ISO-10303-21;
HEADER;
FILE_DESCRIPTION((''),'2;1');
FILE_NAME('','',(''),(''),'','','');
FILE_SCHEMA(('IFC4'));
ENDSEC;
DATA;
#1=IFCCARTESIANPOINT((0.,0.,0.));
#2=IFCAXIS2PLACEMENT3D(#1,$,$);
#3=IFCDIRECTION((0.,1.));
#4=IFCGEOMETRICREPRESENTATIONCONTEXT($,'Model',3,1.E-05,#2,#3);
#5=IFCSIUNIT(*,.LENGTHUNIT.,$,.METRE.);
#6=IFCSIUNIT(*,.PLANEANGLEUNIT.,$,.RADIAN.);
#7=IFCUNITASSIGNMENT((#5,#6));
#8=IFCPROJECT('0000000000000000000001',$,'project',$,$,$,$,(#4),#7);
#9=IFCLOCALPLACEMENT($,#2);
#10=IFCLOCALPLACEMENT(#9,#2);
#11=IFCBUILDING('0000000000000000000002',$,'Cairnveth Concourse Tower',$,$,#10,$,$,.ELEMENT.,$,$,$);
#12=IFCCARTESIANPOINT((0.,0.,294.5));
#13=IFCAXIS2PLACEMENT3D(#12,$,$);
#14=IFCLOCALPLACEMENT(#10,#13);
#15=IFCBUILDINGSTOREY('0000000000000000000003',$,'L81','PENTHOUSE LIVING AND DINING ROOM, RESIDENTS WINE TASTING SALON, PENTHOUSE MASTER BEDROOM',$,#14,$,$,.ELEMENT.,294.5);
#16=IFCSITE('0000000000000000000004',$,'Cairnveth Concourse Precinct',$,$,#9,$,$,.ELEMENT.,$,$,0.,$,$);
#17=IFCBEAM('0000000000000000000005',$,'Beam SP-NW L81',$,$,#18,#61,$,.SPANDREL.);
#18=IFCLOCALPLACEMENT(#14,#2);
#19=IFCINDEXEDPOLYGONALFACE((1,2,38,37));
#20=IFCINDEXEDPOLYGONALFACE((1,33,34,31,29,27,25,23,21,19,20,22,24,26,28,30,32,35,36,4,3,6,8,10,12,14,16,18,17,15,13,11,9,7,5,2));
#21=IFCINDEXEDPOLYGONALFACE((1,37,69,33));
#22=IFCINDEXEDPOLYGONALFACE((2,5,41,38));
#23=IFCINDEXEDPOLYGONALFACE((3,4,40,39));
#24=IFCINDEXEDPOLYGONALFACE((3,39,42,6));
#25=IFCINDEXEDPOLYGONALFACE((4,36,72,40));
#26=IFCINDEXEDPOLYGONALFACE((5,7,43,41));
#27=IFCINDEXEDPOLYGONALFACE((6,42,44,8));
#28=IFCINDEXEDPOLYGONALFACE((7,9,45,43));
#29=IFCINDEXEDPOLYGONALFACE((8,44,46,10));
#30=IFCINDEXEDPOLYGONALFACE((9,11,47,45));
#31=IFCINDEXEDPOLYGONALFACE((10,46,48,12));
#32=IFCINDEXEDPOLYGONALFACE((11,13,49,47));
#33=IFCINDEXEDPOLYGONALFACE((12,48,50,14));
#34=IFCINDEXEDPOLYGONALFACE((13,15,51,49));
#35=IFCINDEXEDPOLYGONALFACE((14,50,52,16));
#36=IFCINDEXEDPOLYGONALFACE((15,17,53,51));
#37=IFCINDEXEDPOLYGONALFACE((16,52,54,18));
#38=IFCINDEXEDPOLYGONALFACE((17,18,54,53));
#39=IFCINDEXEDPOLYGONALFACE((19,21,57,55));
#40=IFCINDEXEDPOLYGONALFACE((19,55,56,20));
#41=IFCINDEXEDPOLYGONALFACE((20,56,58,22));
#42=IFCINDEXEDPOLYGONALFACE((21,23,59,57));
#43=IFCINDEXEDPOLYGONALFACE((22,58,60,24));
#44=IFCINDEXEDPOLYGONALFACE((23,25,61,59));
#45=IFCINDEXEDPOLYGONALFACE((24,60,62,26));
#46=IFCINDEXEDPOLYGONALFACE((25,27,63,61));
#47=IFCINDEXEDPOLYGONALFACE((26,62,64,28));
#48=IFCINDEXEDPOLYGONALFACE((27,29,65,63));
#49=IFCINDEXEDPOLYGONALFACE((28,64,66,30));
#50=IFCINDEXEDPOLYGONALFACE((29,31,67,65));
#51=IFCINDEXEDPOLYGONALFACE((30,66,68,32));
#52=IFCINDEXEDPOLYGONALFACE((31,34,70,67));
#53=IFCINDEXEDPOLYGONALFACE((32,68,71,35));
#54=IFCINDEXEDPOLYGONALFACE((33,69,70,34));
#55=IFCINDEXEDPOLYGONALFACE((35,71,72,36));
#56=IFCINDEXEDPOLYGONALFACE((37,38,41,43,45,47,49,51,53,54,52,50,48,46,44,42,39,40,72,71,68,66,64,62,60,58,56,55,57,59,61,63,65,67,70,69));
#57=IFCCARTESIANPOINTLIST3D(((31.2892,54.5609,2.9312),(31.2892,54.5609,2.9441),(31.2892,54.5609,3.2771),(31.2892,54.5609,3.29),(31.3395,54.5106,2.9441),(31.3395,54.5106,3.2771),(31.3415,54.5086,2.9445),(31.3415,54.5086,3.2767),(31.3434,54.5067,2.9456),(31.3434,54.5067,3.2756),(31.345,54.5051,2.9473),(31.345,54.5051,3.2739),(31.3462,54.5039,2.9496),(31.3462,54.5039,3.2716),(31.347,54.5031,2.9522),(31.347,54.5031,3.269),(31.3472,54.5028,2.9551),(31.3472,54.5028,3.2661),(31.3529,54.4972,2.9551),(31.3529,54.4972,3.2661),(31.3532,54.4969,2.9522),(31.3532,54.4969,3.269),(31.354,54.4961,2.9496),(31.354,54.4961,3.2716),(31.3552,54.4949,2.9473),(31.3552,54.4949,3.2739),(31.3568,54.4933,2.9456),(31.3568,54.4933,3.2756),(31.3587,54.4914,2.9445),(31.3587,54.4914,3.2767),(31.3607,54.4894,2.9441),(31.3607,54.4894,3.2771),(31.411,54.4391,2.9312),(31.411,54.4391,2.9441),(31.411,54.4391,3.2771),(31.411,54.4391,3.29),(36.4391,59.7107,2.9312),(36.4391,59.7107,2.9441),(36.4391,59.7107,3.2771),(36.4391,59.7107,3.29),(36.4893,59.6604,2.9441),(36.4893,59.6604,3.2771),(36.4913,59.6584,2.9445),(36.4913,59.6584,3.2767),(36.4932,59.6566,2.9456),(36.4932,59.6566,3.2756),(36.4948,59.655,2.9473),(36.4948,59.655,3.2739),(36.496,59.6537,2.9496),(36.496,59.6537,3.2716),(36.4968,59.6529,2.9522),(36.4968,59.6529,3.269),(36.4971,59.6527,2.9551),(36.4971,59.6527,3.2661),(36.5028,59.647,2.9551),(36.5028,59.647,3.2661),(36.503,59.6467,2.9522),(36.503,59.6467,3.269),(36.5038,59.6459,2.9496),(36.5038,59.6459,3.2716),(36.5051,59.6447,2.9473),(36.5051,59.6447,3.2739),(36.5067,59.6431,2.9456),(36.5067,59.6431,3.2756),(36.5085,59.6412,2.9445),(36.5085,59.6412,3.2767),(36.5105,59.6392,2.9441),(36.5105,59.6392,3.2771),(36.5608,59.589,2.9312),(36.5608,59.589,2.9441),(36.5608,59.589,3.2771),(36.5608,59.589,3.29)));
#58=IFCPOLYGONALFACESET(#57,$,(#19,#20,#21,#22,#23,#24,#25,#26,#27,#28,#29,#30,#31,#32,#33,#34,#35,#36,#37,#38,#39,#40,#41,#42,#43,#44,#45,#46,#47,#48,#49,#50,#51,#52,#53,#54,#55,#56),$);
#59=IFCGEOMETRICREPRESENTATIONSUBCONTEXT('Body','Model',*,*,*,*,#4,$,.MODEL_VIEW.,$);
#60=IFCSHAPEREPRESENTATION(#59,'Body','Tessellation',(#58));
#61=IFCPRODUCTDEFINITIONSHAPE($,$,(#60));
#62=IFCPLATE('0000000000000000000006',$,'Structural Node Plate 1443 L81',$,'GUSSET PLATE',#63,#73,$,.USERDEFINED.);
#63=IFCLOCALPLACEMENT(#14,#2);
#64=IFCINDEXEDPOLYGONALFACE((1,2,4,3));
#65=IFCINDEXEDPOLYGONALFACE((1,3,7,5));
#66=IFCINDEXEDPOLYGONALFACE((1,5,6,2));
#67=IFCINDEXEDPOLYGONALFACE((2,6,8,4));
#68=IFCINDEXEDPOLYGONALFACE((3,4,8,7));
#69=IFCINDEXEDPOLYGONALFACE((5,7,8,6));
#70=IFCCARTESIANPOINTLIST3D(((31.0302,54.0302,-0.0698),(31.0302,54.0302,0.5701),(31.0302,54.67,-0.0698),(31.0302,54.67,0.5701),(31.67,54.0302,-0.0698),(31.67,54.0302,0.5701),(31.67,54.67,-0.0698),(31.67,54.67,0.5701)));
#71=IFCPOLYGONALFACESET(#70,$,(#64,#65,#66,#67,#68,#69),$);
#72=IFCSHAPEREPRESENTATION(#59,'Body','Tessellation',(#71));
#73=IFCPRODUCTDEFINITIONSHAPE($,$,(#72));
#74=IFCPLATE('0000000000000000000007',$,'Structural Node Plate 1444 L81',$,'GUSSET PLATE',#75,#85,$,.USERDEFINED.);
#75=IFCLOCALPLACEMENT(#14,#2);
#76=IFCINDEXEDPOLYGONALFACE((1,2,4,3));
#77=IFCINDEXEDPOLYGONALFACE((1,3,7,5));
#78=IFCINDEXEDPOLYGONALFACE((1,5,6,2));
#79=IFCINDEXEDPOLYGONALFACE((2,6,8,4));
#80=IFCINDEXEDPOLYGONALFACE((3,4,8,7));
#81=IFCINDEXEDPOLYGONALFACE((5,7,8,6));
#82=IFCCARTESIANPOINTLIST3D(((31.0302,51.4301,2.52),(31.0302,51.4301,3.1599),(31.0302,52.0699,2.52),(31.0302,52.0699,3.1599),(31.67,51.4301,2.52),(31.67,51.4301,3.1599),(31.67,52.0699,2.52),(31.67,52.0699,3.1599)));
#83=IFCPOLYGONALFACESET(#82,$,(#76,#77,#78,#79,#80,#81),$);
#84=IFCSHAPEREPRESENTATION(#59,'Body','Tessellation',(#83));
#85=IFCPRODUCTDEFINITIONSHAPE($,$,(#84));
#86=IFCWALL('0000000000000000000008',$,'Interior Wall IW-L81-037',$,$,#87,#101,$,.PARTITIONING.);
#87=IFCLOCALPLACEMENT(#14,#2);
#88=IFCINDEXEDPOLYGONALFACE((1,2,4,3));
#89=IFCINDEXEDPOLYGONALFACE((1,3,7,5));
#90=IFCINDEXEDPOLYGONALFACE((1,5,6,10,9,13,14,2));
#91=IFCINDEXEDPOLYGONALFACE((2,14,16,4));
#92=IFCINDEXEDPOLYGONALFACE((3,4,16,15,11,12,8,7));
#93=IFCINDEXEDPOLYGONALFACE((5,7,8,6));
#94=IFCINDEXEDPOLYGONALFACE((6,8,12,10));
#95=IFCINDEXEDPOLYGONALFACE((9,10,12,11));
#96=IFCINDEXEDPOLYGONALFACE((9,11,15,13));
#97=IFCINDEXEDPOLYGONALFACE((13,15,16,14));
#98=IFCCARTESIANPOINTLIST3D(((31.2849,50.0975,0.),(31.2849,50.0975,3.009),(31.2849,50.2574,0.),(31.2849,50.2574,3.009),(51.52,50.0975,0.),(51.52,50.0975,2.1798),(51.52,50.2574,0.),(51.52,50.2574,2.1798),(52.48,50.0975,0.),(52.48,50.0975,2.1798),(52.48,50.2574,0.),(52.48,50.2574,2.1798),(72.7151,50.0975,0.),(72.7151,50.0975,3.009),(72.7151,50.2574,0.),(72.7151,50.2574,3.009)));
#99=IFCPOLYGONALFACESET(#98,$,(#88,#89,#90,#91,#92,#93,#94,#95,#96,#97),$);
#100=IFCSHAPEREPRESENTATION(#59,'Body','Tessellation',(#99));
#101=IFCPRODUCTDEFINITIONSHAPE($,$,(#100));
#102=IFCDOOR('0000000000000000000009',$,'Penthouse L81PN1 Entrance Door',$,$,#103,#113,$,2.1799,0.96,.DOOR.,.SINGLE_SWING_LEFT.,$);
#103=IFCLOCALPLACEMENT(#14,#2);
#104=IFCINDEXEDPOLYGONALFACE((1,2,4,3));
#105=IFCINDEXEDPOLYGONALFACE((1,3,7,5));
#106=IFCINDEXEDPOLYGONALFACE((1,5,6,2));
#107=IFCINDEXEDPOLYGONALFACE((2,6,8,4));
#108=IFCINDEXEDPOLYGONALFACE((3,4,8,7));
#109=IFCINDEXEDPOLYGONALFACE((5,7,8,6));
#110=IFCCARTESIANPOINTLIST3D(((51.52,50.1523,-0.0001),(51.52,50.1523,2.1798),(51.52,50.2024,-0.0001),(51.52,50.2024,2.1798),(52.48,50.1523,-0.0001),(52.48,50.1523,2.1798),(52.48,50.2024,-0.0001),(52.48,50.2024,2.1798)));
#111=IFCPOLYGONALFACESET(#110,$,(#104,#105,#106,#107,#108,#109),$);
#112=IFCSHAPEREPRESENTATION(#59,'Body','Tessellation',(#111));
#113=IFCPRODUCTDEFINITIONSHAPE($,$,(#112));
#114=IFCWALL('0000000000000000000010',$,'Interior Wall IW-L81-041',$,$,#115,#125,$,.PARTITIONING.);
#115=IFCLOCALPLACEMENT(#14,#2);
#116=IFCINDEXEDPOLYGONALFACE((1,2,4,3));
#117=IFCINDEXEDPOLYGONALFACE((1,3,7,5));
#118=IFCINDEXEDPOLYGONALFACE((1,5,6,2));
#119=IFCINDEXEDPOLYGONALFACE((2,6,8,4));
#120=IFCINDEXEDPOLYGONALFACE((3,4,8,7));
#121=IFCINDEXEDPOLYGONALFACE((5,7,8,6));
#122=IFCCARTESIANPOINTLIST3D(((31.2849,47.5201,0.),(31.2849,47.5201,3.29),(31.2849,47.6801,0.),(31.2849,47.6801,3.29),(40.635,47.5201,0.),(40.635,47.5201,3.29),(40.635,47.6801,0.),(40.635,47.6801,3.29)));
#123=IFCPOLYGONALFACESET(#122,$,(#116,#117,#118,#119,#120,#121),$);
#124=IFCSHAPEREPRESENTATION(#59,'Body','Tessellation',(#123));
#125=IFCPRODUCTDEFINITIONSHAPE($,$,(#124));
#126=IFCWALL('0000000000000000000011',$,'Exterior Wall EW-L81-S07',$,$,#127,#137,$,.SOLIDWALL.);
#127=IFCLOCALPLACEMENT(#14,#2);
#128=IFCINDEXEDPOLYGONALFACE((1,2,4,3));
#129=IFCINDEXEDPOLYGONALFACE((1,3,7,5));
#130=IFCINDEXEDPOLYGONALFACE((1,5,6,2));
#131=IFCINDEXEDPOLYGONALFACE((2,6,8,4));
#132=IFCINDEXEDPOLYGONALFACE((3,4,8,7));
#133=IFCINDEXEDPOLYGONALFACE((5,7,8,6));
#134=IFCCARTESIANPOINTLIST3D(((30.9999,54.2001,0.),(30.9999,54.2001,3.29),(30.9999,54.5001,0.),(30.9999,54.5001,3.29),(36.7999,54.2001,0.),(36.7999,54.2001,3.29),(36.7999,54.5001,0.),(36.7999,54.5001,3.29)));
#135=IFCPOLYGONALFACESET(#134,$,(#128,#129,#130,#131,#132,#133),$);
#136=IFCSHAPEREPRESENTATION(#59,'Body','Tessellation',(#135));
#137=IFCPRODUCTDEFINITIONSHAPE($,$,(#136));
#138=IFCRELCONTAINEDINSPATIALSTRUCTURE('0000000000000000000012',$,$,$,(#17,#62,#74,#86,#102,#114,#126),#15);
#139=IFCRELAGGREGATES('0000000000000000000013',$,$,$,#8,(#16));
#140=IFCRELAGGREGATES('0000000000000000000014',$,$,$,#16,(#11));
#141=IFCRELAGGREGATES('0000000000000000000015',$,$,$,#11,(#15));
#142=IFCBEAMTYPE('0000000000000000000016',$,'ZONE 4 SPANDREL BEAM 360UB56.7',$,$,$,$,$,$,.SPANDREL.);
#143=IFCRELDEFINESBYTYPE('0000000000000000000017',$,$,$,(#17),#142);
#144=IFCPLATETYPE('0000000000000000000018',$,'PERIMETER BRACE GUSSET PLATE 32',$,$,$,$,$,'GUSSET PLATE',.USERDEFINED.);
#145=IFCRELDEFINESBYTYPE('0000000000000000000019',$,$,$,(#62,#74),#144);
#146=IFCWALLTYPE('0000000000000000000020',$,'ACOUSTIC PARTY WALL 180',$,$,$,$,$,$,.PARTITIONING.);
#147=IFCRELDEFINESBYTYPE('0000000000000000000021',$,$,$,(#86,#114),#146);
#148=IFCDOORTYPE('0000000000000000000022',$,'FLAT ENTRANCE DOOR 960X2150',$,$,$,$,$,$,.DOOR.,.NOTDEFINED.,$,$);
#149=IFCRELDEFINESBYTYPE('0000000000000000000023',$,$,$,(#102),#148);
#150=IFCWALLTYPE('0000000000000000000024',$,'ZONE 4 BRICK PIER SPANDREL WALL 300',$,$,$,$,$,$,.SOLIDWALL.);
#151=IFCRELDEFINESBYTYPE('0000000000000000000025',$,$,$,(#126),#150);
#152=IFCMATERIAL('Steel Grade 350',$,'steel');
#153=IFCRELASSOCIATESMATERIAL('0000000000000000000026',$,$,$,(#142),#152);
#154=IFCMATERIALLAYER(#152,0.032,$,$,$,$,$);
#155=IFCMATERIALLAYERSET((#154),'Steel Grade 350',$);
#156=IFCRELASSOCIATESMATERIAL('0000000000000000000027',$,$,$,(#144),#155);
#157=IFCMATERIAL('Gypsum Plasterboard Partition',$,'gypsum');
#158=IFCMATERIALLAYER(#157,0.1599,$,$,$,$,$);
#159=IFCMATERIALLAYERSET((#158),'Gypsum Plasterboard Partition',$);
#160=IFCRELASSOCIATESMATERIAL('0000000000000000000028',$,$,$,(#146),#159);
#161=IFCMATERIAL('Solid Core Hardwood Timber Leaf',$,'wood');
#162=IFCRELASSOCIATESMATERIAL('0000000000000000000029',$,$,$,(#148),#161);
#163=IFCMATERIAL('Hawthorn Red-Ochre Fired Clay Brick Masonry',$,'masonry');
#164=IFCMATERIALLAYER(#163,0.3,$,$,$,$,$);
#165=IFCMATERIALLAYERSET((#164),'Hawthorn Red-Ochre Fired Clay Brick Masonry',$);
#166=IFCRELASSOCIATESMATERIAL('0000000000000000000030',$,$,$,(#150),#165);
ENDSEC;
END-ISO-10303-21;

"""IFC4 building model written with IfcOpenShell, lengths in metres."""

from ifc_helpers import new_model, si_unit, direction, frame, frame_2d, origin, origin_2d, place, context, subcontext, project, spatial, rectangle, i_section, extrude, material, layer, layer_set, material_profile, profile_set, type_object, element, fill, save


model = new_model("IFC4")

# Units and contexts
model_context = context("Model", 3, precision=1e-05, world=origin(), true_north=direction((0.0, 1.0)))
body_context = subcontext(model_context, "Body", "Model", "MODEL_VIEW")
ifc_project = project(units=[si_unit("LENGTHUNIT", "METRE"), si_unit("PLANEANGLEUNIT", "RADIAN")], contexts=[model_context])

# Site, building, storey
site_placement = place(None, origin())
site = spatial("IfcSite", under=ifc_project, at=site_placement, Name="Cairnveth Concourse Precinct", CompositionType="ELEMENT", RefElevation=0.0)
building_placement = place(site_placement, origin())
building = spatial("IfcBuilding", under=site, at=building_placement, Name="Cairnveth Concourse Tower", CompositionType="ELEMENT")
storey_placement = place(building_placement, frame((0.0, 0.0, 294.5)))
storey = spatial("IfcBuildingStorey", under=building, at=storey_placement, Name="L81", Description="PENTHOUSE LIVING AND DINING ROOM, RESIDENTS WINE TASTING SALON, PENTHOUSE MASTER BEDROOM", CompositionType="ELEMENT", Elevation=294.5)

# Shared definitions
ifc_material_1 = material(Name="Steel Grade 350", Category="steel")

# Beam
ifc_material_profile_1 = material_profile(ifc_material_1, i_section(OverallWidth=0.1721, OverallDepth=0.3589, WebThickness=0.0081, FlangeThickness=0.0129, FilletRadius=0.011, at=origin_2d()), Name="360UB56.7")
ifc_profile_set_1 = profile_set([ifc_material_profile_1], Name="Steel Grade 350")
beam_type_1 = type_object("IfcBeamType", Name="ZONE 4 SPANDREL BEAM 360UB56.7", PredefinedType="SPANDREL", material=ifc_profile_set_1)
beam_1_placement = place(storey_placement, frame((31.3501, 54.5, 3.1106), z_axis=(0.707107, 0.707107, 0.0), x_axis=(-0.707107, 0.707107, 0.0)))
element("IfcBeam", 1, at=beam_1_placement, inside=storey, type_object=beam_type_1, Name="Beam SP-NW L81", PredefinedType="SPANDREL", context=body_context, shape_type="SweptSolid", body=[
    extrude(i_section(OverallWidth=0.1721, OverallDepth=0.3589, WebThickness=0.0081, FlangeThickness=0.0129, FilletRadius=0.011, at=origin_2d()), origin(), (0.0, 0.0, 1.0), 7.283),
])

# Plates
ifc_layer_1 = layer(ifc_material_1, 0.032)
ifc_layer_set_1 = layer_set([ifc_layer_1], Name="Steel Grade 350")
plate_type = type_object("IfcPlateType", Name="PERIMETER BRACE GUSSET PLATE 32", ElementType="GUSSET PLATE", PredefinedType="USERDEFINED", material=ifc_layer_set_1)
for number, where, z_axis, x_axis, name in (
    (2, (31.3501, 54.3501, -0.0698), (0.0, 0.0, 1.0), (1.0, 0.0, 0.0), "Structural Node Plate 1443 L81"),
    (3, (31.3501, 51.75, 2.52), (0.0, 0.0, 1.0), (1.0, 0.0, 0.0), "Structural Node Plate 1444 L81"),
):
    element("IfcPlate", number, at=place(storey_placement, frame(where, z_axis=z_axis, x_axis=x_axis)), inside=storey, type_object=plate_type, Name=name, ObjectType="GUSSET PLATE", PredefinedType="USERDEFINED", context=body_context, shape_type="SweptSolid", body=[
        extrude(rectangle(XDim=0.6399, YDim=0.6399, at=origin_2d()), origin(), (0.0, 0.0, 1.0), 0.6399),
    ])

# Wall, opening, door
ifc_material_2 = material(Name="Gypsum Plasterboard Partition", Category="gypsum")
ifc_layer_2 = layer(ifc_material_2, 0.1599)
ifc_layer_set_2 = layer_set([ifc_layer_2], Name="Gypsum Plasterboard Partition")
wall_type_1 = type_object("IfcWallType", Name="ACOUSTIC PARTY WALL 180", PredefinedType="PARTITIONING", material=ifc_layer_set_2)
wall_1_placement = place(storey_placement, frame((31.2849, 50.1775, 0.0), z_axis=(0.0, 0.0, 1.0), x_axis=(1.0, 0.0, 0.0)))
wall_1 = element("IfcWall", 4, at=wall_1_placement, inside=storey, type_object=wall_type_1, Name="Interior Wall IW-L81-037", PredefinedType="PARTITIONING", context=body_context, shape_type="SweptSolid", body=[
    extrude(rectangle(XDim=41.4302, YDim=0.1599, at=frame_2d((20.7151, 0.0))), origin(), (0.0, 0.0, 1.0), 3.009),
])
opening_1_placement = place(wall_1_placement, frame((20.2351, 0.0, 0.0)))
opening_1 = element("IfcOpeningElement", 5, at=opening_1_placement, cuts=wall_1, PredefinedType="OPENING", context=body_context, shape_type="SweptSolid", body=[
    extrude(rectangle(XDim=0.96, YDim=2.1799, at=frame_2d((0.48, 1.0898))), frame((0.0, 0.0898, 0.0), z_axis=(0.0, -1.0, 0.0), x_axis=(1.0, 0.0, 0.0)), (0.0, 0.0, 1.0), 0.1799),
])
ifc_material_3 = material(Name="Solid Core Hardwood Timber Leaf", Category="wood")
door_type = type_object("IfcDoorType", Name="FLAT ENTRANCE DOOR 960X2150", OperationType="NOTDEFINED", PredefinedType="DOOR", material=ifc_material_3)
door_placement = place(opening_1_placement, origin())
door = element("IfcDoor", 6, at=door_placement, inside=storey, type_object=door_type, Name="Penthouse L81PN1 Entrance Door", OperationType="SINGLE_SWING_LEFT", OverallHeight=2.1799, OverallWidth=0.96, PredefinedType="DOOR", context=body_context, shape_type="SweptSolid", body=[
    extrude(rectangle(XDim=0.96, YDim=2.1799, at=frame_2d((0.48, 1.0898))), frame((0.0, 0.0249, 0.0), z_axis=(0.0, -1.0, 0.0), x_axis=(1.0, 0.0, 0.0)), (0.0, 0.0, 1.0), 0.05),
])
fill(opening_1, door)

# Walls
wall_2_placement = place(storey_placement, frame((31.2849, 47.6001, 0.0), z_axis=(0.0, 0.0, 1.0), x_axis=(1.0, 0.0, 0.0)))
element("IfcWall", 7, at=wall_2_placement, inside=storey, type_object=wall_type_1, Name="Interior Wall IW-L81-041", PredefinedType="PARTITIONING", context=body_context, shape_type="SweptSolid", body=[
    extrude(rectangle(XDim=9.3501, YDim=0.1599, at=frame_2d((4.675, 0.0))), origin(), (0.0, 0.0, 1.0), 3.29),
])
ifc_material_4 = material(Name="Hawthorn Red-Ochre Fired Clay Brick Masonry", Category="masonry")
ifc_layer_3 = layer(ifc_material_4, 0.3)
ifc_layer_set_3 = layer_set([ifc_layer_3], Name="Hawthorn Red-Ochre Fired Clay Brick Masonry")
wall_type_2 = type_object("IfcWallType", Name="ZONE 4 BRICK PIER SPANDREL WALL 300", PredefinedType="SOLIDWALL", material=ifc_layer_set_3)
wall_3_placement = place(storey_placement, frame((31.0, 54.3501, 0.0), z_axis=(0.0, 0.0, 1.0), x_axis=(1.0, 0.0, 0.0)))
element("IfcWall", 8, at=wall_3_placement, inside=storey, type_object=wall_type_2, Name="Exterior Wall EW-L81-S07", PredefinedType="SOLIDWALL", context=body_context, shape_type="SweptSolid", body=[
    extrude(rectangle(XDim=5.8, YDim=0.3, at=frame_2d((2.8999, 0.0))), origin(), (0.0, 0.0, 1.0), 3.29),
])

save(model, "model.ifc")
